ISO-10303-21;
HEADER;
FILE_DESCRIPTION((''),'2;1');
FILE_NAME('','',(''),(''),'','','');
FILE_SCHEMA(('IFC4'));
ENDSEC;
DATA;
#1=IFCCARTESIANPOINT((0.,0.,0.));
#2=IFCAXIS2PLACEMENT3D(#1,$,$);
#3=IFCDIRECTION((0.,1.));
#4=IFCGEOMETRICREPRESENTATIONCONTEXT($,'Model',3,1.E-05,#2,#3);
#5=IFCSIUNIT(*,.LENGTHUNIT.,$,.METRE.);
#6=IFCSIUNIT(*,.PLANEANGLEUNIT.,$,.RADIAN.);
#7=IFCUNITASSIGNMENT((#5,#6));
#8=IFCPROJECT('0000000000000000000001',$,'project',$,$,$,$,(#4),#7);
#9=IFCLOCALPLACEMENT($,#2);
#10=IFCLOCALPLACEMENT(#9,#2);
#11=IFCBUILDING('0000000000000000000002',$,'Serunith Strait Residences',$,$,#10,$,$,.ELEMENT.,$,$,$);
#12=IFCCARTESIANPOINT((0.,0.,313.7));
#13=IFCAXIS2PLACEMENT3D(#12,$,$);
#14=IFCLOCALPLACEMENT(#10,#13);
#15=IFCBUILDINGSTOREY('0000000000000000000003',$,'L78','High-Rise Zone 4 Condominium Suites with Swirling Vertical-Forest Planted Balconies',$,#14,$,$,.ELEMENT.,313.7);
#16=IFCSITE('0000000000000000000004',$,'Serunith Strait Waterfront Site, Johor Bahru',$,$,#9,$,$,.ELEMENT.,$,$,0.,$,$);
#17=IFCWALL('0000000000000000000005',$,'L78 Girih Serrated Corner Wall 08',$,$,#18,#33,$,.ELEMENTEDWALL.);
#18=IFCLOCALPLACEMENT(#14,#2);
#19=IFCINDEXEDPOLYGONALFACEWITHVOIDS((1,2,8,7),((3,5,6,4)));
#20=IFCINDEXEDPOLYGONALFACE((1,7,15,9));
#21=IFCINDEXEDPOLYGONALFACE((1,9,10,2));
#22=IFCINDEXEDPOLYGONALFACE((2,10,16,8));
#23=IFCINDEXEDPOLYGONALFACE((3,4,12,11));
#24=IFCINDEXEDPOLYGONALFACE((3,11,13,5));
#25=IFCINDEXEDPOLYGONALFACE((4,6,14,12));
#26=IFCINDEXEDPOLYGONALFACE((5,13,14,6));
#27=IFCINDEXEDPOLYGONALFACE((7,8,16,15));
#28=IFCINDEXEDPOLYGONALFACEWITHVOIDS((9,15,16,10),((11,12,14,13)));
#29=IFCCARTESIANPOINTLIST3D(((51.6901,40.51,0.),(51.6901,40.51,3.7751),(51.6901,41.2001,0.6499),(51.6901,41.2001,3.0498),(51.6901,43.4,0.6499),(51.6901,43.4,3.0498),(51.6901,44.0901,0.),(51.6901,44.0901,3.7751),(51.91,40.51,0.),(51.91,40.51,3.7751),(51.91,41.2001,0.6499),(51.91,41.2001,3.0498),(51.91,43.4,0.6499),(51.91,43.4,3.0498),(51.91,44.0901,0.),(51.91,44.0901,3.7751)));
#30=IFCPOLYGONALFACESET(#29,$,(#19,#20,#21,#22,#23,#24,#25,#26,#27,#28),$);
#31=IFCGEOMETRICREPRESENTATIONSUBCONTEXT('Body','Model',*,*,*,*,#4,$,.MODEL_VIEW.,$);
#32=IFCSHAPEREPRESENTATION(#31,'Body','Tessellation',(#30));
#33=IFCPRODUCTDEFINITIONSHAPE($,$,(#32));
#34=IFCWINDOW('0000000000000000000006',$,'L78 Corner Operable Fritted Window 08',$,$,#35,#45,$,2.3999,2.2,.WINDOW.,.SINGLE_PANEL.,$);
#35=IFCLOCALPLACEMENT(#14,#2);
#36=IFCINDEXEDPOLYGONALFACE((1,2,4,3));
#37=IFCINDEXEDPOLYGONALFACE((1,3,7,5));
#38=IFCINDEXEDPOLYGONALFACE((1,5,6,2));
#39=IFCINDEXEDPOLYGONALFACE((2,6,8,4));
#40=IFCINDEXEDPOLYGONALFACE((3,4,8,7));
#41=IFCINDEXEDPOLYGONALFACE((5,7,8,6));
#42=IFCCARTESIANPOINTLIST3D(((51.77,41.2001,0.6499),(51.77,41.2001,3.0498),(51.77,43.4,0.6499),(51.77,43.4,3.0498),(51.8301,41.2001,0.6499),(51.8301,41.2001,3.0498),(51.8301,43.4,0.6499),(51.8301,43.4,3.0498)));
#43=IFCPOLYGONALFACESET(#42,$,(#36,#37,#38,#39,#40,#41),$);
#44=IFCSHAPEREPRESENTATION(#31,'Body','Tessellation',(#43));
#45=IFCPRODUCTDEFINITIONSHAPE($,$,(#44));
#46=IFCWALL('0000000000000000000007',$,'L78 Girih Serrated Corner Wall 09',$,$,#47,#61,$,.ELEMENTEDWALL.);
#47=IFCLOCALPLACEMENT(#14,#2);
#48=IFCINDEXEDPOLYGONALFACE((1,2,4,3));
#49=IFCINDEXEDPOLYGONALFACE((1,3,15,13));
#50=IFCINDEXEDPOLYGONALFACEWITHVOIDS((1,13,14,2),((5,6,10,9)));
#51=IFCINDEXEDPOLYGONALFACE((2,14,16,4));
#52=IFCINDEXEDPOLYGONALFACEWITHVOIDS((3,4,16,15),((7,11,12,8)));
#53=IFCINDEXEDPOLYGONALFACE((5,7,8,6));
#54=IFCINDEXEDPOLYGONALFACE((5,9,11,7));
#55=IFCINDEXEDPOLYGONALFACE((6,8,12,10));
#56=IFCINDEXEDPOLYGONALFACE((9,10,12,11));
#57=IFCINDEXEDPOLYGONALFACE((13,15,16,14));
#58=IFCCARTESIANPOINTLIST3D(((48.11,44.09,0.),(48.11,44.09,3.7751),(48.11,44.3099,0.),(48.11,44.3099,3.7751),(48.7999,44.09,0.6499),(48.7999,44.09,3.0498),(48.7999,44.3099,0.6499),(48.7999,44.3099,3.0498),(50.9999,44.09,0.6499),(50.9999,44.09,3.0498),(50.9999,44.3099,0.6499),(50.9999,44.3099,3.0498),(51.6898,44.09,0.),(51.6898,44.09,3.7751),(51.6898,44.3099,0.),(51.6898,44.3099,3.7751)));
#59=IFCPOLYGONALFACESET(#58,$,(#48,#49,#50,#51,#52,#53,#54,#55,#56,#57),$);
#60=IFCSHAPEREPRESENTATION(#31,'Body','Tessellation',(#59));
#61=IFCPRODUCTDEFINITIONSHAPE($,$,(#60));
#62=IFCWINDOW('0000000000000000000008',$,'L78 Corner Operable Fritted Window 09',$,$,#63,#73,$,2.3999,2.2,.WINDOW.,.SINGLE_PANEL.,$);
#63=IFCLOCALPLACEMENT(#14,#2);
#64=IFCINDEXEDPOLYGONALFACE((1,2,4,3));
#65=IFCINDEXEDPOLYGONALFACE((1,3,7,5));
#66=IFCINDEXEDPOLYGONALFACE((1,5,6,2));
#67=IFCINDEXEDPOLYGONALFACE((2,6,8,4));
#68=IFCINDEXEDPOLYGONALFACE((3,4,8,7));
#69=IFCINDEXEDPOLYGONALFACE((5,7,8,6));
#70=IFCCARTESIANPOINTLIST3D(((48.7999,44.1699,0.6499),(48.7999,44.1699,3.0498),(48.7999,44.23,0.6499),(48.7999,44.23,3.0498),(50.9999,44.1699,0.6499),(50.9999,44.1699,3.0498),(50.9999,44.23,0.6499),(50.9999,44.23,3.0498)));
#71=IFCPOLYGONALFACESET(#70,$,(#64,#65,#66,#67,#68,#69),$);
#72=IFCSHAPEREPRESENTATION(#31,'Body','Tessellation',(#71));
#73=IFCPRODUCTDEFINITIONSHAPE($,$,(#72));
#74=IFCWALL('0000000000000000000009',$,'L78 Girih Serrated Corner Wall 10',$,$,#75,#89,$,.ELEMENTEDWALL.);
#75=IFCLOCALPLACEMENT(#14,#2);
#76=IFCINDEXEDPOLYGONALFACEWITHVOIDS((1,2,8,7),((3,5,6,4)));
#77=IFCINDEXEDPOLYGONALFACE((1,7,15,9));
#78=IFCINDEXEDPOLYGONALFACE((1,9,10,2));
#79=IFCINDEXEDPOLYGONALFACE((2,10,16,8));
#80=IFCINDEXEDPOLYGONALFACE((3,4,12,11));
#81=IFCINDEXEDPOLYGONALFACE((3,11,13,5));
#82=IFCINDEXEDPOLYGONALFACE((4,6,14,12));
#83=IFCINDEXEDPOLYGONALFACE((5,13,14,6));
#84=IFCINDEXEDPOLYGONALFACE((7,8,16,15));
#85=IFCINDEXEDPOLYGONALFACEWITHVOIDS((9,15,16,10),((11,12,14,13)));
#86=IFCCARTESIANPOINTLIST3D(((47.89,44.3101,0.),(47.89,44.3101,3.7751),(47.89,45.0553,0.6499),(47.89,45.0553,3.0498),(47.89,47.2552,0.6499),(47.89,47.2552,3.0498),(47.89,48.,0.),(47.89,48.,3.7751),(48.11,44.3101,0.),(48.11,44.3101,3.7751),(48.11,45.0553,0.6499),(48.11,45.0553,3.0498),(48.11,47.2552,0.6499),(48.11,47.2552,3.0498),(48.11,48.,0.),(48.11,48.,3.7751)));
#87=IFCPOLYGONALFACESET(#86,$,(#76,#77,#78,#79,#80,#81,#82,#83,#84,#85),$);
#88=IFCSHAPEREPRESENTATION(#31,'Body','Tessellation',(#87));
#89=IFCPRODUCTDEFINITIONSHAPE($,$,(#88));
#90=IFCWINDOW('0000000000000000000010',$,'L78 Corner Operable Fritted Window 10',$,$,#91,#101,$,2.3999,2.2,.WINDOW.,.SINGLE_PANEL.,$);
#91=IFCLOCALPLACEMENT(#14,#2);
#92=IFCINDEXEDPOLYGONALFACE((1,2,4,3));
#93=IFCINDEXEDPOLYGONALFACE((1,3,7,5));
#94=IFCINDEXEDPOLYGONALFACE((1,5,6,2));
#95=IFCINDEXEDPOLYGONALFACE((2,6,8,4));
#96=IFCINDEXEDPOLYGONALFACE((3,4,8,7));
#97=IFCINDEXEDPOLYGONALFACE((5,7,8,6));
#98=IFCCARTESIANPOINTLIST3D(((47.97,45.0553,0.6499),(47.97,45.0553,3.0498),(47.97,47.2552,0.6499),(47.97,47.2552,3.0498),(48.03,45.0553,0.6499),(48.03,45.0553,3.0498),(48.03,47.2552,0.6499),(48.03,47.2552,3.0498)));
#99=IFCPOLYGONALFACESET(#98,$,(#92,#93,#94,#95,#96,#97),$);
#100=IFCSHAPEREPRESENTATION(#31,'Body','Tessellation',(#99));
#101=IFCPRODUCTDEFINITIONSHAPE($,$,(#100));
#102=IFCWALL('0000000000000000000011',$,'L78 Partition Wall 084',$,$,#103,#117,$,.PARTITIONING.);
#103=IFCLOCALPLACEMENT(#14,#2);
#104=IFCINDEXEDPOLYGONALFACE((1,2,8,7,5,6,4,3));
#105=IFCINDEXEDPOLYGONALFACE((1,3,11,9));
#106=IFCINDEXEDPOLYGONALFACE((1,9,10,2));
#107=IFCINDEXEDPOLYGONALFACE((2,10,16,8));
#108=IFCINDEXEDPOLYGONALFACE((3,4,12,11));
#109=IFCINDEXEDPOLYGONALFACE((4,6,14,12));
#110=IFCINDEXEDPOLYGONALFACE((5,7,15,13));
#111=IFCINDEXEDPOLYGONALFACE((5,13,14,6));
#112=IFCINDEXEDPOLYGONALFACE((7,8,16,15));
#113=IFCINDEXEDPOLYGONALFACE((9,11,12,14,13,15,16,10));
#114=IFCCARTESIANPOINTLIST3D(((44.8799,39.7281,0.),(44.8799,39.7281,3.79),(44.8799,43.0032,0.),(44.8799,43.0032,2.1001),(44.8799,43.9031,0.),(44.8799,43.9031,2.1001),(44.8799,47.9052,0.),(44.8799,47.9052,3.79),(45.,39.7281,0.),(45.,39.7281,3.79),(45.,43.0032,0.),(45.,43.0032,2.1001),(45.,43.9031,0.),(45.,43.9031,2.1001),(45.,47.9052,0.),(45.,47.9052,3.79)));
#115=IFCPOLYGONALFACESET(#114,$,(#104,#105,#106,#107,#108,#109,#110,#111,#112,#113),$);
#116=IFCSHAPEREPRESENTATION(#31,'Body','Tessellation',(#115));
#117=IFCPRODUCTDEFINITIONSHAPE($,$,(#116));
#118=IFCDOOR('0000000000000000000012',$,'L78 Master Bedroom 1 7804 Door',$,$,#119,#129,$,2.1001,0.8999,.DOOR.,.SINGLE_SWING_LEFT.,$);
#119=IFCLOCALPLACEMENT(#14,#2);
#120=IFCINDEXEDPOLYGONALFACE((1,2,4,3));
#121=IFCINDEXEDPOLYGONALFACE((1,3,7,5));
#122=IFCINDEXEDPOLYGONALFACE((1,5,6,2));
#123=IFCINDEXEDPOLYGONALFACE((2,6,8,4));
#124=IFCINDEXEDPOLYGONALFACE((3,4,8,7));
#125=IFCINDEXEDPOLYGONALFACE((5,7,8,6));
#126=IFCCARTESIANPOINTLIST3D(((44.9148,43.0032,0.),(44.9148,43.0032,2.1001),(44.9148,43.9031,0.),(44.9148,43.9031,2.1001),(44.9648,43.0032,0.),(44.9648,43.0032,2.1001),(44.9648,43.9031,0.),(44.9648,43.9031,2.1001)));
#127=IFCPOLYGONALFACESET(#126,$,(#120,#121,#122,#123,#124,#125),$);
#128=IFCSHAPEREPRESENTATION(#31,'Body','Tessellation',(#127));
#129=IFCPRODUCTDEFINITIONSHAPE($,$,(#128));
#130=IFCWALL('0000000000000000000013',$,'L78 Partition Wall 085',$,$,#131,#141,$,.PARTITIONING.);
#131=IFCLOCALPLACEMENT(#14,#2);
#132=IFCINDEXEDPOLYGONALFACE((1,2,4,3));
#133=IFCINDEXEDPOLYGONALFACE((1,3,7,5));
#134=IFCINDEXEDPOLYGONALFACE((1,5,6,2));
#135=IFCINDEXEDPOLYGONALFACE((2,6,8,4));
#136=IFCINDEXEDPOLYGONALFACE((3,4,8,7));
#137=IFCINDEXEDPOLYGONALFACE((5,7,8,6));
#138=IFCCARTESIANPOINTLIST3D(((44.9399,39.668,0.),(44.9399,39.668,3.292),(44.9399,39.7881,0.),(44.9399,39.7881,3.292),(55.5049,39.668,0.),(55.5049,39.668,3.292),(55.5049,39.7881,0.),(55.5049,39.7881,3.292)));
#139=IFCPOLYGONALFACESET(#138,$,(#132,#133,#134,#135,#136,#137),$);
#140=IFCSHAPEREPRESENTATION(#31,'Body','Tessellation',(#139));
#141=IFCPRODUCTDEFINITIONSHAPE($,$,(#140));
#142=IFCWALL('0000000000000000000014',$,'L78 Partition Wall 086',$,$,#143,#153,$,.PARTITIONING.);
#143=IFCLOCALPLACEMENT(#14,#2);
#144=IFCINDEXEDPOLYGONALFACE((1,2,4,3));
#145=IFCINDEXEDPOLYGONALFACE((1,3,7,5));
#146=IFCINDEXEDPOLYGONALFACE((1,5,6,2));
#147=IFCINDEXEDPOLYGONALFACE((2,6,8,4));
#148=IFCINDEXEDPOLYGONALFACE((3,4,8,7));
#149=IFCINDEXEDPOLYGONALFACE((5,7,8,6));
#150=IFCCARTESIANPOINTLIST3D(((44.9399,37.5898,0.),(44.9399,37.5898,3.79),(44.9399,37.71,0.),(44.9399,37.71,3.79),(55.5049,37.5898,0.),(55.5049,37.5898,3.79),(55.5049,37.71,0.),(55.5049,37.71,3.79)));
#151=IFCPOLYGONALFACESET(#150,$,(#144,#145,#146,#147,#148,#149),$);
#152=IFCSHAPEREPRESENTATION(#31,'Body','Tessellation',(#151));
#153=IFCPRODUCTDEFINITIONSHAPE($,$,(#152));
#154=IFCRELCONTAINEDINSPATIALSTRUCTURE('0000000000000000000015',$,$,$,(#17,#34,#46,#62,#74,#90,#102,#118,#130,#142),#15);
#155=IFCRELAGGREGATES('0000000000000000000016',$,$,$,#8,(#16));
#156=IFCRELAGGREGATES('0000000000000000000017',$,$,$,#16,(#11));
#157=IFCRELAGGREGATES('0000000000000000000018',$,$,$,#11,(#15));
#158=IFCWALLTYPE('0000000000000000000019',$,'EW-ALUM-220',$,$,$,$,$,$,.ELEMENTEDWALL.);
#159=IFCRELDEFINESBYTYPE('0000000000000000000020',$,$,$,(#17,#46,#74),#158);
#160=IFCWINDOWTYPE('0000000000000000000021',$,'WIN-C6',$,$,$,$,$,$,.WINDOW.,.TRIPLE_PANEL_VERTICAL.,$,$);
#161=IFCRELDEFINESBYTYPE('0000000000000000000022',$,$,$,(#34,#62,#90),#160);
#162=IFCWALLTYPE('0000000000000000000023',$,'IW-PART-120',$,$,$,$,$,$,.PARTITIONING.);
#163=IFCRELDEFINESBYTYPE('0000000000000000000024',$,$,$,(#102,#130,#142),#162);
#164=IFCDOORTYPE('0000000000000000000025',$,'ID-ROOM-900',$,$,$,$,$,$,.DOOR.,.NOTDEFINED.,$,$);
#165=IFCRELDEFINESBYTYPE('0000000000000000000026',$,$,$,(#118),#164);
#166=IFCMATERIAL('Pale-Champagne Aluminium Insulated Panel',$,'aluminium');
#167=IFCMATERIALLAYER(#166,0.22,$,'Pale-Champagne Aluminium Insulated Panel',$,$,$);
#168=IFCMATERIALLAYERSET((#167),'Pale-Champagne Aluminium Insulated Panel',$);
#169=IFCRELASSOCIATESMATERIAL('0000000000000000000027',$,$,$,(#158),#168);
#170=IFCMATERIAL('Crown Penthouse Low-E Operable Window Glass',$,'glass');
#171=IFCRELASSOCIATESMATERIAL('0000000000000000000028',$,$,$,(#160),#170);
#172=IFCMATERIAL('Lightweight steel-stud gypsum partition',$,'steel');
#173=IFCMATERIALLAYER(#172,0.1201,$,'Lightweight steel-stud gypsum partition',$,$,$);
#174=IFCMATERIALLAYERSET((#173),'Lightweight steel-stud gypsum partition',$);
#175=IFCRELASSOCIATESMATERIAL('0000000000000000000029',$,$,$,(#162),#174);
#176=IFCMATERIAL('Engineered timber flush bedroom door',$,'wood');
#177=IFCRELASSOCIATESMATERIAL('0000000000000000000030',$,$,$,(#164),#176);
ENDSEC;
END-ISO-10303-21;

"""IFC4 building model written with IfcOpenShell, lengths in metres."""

from ifc_helpers import new_model, si_unit, direction, frame, frame_2d, origin, place, context, subcontext, project, spatial, rectangle, extrude, source, transform, mapped, material, layer, layer_set, type_object, element, fill, save


model = new_model("IFC4")

# Units and contexts
model_context = context("Model", 3, precision=1e-05, world=origin(), true_north=direction((0.0, 1.0)))
body_context = subcontext(model_context, "Body", "Model", "MODEL_VIEW")
ifc_project = project(units=[si_unit("LENGTHUNIT", "METRE"), si_unit("PLANEANGLEUNIT", "RADIAN")], contexts=[model_context])

# Site, building, storey
site_placement = place(None, origin())
site = spatial("IfcSite", under=ifc_project, at=site_placement, Name="Serunith Strait Waterfront Site, Johor Bahru", CompositionType="ELEMENT", RefElevation=0.0)
building_placement = place(site_placement, origin())
building = spatial("IfcBuilding", under=site, at=building_placement, Name="Serunith Strait Residences", CompositionType="ELEMENT")
storey_placement = place(building_placement, frame((0.0, 0.0, 313.7)))
storey = spatial("IfcBuildingStorey", under=building, at=storey_placement, Name="L78", Description="High-Rise Zone 4 Condominium Suites with Swirling Vertical-Forest Planted Balconies", CompositionType="ELEMENT", Elevation=313.7)

# Walls, openings, windows
ifc_material_1 = material(Name="Pale-Champagne Aluminium Insulated Panel", Category="aluminium")
ifc_layer_1 = layer(ifc_material_1, 0.22, Name="Pale-Champagne Aluminium Insulated Panel")
ifc_layer_set_1 = layer_set([ifc_layer_1], Name="Pale-Champagne Aluminium Insulated Panel")
wall_type_1 = type_object("IfcWallType", Name="EW-ALUM-220", PredefinedType="ELEMENTEDWALL", material=ifc_layer_set_1)
ifc_material_2 = material(Name="Crown Penthouse Low-E Operable Window Glass", Category="glass")
window_type = type_object("IfcWindowType", Name="WIN-C6", PartitioningType="TRIPLE_PANEL_VERTICAL", PredefinedType="WINDOW", material=ifc_material_2)
shared_shape_1 = source(origin(), body_context, "Body", "SweptSolid", [
    extrude(rectangle(XDim=2.2, YDim=2.3999, at=frame_2d((1.1001, 1.2))), frame((0.0, 0.03, 0.0), z_axis=(0.0, -1.0, 0.0), x_axis=(1.0, 0.0, 0.0)), (0.0, 0.0, 1.0), 0.0601),
])
wall_1_placement = place(storey_placement, frame((51.8, 40.51, 0.0), z_axis=(0.0, 0.0, 1.0), x_axis=(0.0, 1.0, 0.0)))
wall_1 = element("IfcWall", 1, at=wall_1_placement, inside=storey, type_object=wall_type_1, Name="L78 Girih Serrated Corner Wall 08", PredefinedType="ELEMENTEDWALL", context=body_context, shape_type="SweptSolid", body=[
    extrude(rectangle(XDim=3.5801, YDim=0.22, at=frame_2d((1.79, 0.0))), origin(), (0.0, 0.0, 1.0), 3.7751),
])
opening_1_placement = place(wall_1_placement, frame((0.6899, 0.0, 0.6499)))
opening_1 = element("IfcOpeningElement", 2, at=opening_1_placement, cuts=wall_1, PredefinedType="OPENING", context=body_context, shape_type="SweptSolid", body=[
    extrude(rectangle(XDim=2.2, YDim=2.3999, at=frame_2d((1.1001, 1.2))), frame((0.0, 0.1201, 0.0), z_axis=(0.0, -1.0, 0.0), x_axis=(1.0, 0.0, 0.0)), (0.0, 0.0, 1.0), 0.24),
])
window_1_placement = place(opening_1_placement, origin())
window_1 = element("IfcWindow", 3, at=window_1_placement, inside=storey, type_object=window_type, Name="L78 Corner Operable Fritted Window 08", OverallHeight=2.3999, OverallWidth=2.2, PartitioningType="SINGLE_PANEL", PredefinedType="WINDOW", context=body_context, shape_type="MappedRepresentation", body=[
    mapped(shared_shape_1, transform((0.0, 0.0, 0.0), scale=1.0)),
])
fill(opening_1, window_1)
wall_2_placement = place(storey_placement, frame((51.6899, 44.2, 0.0), z_axis=(0.0, 0.0, 1.0), x_axis=(-1.0, 0.0, 0.0)))
wall_2 = element("IfcWall", 4, at=wall_2_placement, inside=storey, type_object=wall_type_1, Name="L78 Girih Serrated Corner Wall 09", PredefinedType="ELEMENTEDWALL", context=body_context, shape_type="SweptSolid", body=[
    extrude(rectangle(XDim=3.5798, YDim=0.22, at=frame_2d((1.79, 0.0))), origin(), (0.0, 0.0, 1.0), 3.7751),
])
opening_2_placement = place(wall_2_placement, frame((0.6899, 0.0, 0.6499)))
opening_2 = element("IfcOpeningElement", 5, at=opening_2_placement, cuts=wall_2, PredefinedType="OPENING", context=body_context, shape_type="SweptSolid", body=[
    extrude(rectangle(XDim=2.2, YDim=2.3999, at=frame_2d((1.1001, 1.2))), frame((0.0, 0.1201, 0.0), z_axis=(0.0, -1.0, 0.0), x_axis=(1.0, 0.0, 0.0)), (0.0, 0.0, 1.0), 0.24),
])
window_2_placement = place(opening_2_placement, origin())
window_2 = element("IfcWindow", 6, at=window_2_placement, inside=storey, type_object=window_type, Name="L78 Corner Operable Fritted Window 09", OverallHeight=2.3999, OverallWidth=2.2, PartitioningType="SINGLE_PANEL", PredefinedType="WINDOW", context=body_context, shape_type="MappedRepresentation", body=[
    mapped(shared_shape_1, transform((0.0, 0.0, 0.0), scale=1.0)),
])
fill(opening_2, window_2)
wall_3_placement = place(storey_placement, frame((48.0, 44.3101, 0.0), z_axis=(0.0, 0.0, 1.0), x_axis=(0.0, 1.0, 0.0)))
wall_3 = element("IfcWall", 7, at=wall_3_placement, inside=storey, type_object=wall_type_1, Name="L78 Girih Serrated Corner Wall 10", PredefinedType="ELEMENTEDWALL", context=body_context, shape_type="SweptSolid", body=[
    extrude(rectangle(XDim=3.6899, YDim=0.22, at=frame_2d((1.845, 0.0))), origin(), (0.0, 0.0, 1.0), 3.7751),
])
opening_3_placement = place(wall_3_placement, frame((0.7451, 0.0, 0.6499)))
opening_3 = element("IfcOpeningElement", 8, at=opening_3_placement, cuts=wall_3, PredefinedType="OPENING", context=body_context, shape_type="SweptSolid", body=[
    extrude(rectangle(XDim=2.2, YDim=2.3999, at=frame_2d((1.1001, 1.2))), frame((0.0, 0.1201, 0.0), z_axis=(0.0, -1.0, 0.0), x_axis=(1.0, 0.0, 0.0)), (0.0, 0.0, 1.0), 0.24),
])
window_3_placement = place(opening_3_placement, origin())
window_3 = element("IfcWindow", 9, at=window_3_placement, inside=storey, type_object=window_type, Name="L78 Corner Operable Fritted Window 10", OverallHeight=2.3999, OverallWidth=2.2, PartitioningType="SINGLE_PANEL", PredefinedType="WINDOW", context=body_context, shape_type="MappedRepresentation", body=[
    mapped(shared_shape_1, transform((0.0, 0.0, 0.0), scale=1.0)),
])
fill(opening_3, window_3)

# Wall, opening, door
ifc_material_3 = material(Name="Lightweight steel-stud gypsum partition", Category="steel")
ifc_layer_2 = layer(ifc_material_3, 0.1201, Name="Lightweight steel-stud gypsum partition")
ifc_layer_set_2 = layer_set([ifc_layer_2], Name="Lightweight steel-stud gypsum partition")
wall_type_2 = type_object("IfcWallType", Name="IW-PART-120", PredefinedType="PARTITIONING", material=ifc_layer_set_2)
wall_4_placement = place(storey_placement, frame((44.9399, 47.905, 0.0), z_axis=(0.0, 0.0, 1.0), x_axis=(0.0, -1.0, 0.0)))
wall_4 = element("IfcWall", 10, at=wall_4_placement, inside=storey, type_object=wall_type_2, Name="L78 Partition Wall 084", PredefinedType="PARTITIONING", context=body_context, shape_type="SweptSolid", body=[
    extrude(rectangle(XDim=8.177, YDim=0.1201, at=frame_2d((4.0884, 0.0))), origin(), (0.0, 0.0, 1.0), 3.79),
])
opening_4_placement = place(wall_4_placement, frame((4.002, 0.0, 0.0)))
opening_4 = element("IfcOpeningElement", 11, at=opening_4_placement, cuts=wall_4, PredefinedType="OPENING", context=body_context, shape_type="SweptSolid", body=[
    extrude(rectangle(XDim=0.8999, YDim=2.1001, at=frame_2d((0.45, 1.05))), frame((0.0, 0.0701, 0.0), z_axis=(0.0, -1.0, 0.0), x_axis=(1.0, 0.0, 0.0)), (0.0, 0.0, 1.0), 0.1401),
])
ifc_material_4 = material(Name="Engineered timber flush bedroom door", Category="wood")
door_type_1 = type_object("IfcDoorType", Name="ID-ROOM-900", OperationType="NOTDEFINED", PredefinedType="DOOR", material=ifc_material_4)
shared_shape_2 = source(origin(), body_context, "Body", "SweptSolid", [
    extrude(rectangle(XDim=0.8999, YDim=2.1001, at=frame_2d((0.45, 1.05))), frame((0.0, 0.0249, 0.0), z_axis=(0.0, -1.0, 0.0), x_axis=(1.0, 0.0, 0.0)), (0.0, 0.0, 1.0), 0.05),
])
door_1_placement = place(opening_4_placement, origin())
door_1 = element("IfcDoor", 12, at=door_1_placement, inside=storey, type_object=door_type_1, Name="L78 Master Bedroom 1 7804 Door", OperationType="SINGLE_SWING_LEFT", OverallHeight=2.1001, OverallWidth=0.8999, PredefinedType="DOOR", context=body_context, shape_type="MappedRepresentation", body=[
    mapped(shared_shape_2, transform((0.0, 0.0, 0.0), scale=1.0)),
])
fill(opening_4, door_1)

# Walls
wall_5_placement = place(storey_placement, frame((44.9399, 39.728, 0.0), z_axis=(0.0, 0.0, 1.0), x_axis=(1.0, 0.0, 0.0)))
element("IfcWall", 13, at=wall_5_placement, inside=storey, type_object=wall_type_2, Name="L78 Partition Wall 085", PredefinedType="PARTITIONING", context=body_context, shape_type="SweptSolid", body=[
    extrude(rectangle(XDim=10.5649, YDim=0.1201, at=frame_2d((5.2825, 0.0))), origin(), (0.0, 0.0, 1.0), 3.292),
])
wall_6_placement = place(storey_placement, frame((44.9399, 37.6499, 0.0), z_axis=(0.0, 0.0, 1.0), x_axis=(1.0, 0.0, 0.0)))
element("IfcWall", 14, at=wall_6_placement, inside=storey, type_object=wall_type_2, Name="L78 Partition Wall 086", PredefinedType="PARTITIONING", context=body_context, shape_type="SweptSolid", body=[
    extrude(rectangle(XDim=10.5649, YDim=0.1201, at=frame_2d((5.2825, 0.0))), origin(), (0.0, 0.0, 1.0), 3.79),
])

save(model, "model.ifc")
